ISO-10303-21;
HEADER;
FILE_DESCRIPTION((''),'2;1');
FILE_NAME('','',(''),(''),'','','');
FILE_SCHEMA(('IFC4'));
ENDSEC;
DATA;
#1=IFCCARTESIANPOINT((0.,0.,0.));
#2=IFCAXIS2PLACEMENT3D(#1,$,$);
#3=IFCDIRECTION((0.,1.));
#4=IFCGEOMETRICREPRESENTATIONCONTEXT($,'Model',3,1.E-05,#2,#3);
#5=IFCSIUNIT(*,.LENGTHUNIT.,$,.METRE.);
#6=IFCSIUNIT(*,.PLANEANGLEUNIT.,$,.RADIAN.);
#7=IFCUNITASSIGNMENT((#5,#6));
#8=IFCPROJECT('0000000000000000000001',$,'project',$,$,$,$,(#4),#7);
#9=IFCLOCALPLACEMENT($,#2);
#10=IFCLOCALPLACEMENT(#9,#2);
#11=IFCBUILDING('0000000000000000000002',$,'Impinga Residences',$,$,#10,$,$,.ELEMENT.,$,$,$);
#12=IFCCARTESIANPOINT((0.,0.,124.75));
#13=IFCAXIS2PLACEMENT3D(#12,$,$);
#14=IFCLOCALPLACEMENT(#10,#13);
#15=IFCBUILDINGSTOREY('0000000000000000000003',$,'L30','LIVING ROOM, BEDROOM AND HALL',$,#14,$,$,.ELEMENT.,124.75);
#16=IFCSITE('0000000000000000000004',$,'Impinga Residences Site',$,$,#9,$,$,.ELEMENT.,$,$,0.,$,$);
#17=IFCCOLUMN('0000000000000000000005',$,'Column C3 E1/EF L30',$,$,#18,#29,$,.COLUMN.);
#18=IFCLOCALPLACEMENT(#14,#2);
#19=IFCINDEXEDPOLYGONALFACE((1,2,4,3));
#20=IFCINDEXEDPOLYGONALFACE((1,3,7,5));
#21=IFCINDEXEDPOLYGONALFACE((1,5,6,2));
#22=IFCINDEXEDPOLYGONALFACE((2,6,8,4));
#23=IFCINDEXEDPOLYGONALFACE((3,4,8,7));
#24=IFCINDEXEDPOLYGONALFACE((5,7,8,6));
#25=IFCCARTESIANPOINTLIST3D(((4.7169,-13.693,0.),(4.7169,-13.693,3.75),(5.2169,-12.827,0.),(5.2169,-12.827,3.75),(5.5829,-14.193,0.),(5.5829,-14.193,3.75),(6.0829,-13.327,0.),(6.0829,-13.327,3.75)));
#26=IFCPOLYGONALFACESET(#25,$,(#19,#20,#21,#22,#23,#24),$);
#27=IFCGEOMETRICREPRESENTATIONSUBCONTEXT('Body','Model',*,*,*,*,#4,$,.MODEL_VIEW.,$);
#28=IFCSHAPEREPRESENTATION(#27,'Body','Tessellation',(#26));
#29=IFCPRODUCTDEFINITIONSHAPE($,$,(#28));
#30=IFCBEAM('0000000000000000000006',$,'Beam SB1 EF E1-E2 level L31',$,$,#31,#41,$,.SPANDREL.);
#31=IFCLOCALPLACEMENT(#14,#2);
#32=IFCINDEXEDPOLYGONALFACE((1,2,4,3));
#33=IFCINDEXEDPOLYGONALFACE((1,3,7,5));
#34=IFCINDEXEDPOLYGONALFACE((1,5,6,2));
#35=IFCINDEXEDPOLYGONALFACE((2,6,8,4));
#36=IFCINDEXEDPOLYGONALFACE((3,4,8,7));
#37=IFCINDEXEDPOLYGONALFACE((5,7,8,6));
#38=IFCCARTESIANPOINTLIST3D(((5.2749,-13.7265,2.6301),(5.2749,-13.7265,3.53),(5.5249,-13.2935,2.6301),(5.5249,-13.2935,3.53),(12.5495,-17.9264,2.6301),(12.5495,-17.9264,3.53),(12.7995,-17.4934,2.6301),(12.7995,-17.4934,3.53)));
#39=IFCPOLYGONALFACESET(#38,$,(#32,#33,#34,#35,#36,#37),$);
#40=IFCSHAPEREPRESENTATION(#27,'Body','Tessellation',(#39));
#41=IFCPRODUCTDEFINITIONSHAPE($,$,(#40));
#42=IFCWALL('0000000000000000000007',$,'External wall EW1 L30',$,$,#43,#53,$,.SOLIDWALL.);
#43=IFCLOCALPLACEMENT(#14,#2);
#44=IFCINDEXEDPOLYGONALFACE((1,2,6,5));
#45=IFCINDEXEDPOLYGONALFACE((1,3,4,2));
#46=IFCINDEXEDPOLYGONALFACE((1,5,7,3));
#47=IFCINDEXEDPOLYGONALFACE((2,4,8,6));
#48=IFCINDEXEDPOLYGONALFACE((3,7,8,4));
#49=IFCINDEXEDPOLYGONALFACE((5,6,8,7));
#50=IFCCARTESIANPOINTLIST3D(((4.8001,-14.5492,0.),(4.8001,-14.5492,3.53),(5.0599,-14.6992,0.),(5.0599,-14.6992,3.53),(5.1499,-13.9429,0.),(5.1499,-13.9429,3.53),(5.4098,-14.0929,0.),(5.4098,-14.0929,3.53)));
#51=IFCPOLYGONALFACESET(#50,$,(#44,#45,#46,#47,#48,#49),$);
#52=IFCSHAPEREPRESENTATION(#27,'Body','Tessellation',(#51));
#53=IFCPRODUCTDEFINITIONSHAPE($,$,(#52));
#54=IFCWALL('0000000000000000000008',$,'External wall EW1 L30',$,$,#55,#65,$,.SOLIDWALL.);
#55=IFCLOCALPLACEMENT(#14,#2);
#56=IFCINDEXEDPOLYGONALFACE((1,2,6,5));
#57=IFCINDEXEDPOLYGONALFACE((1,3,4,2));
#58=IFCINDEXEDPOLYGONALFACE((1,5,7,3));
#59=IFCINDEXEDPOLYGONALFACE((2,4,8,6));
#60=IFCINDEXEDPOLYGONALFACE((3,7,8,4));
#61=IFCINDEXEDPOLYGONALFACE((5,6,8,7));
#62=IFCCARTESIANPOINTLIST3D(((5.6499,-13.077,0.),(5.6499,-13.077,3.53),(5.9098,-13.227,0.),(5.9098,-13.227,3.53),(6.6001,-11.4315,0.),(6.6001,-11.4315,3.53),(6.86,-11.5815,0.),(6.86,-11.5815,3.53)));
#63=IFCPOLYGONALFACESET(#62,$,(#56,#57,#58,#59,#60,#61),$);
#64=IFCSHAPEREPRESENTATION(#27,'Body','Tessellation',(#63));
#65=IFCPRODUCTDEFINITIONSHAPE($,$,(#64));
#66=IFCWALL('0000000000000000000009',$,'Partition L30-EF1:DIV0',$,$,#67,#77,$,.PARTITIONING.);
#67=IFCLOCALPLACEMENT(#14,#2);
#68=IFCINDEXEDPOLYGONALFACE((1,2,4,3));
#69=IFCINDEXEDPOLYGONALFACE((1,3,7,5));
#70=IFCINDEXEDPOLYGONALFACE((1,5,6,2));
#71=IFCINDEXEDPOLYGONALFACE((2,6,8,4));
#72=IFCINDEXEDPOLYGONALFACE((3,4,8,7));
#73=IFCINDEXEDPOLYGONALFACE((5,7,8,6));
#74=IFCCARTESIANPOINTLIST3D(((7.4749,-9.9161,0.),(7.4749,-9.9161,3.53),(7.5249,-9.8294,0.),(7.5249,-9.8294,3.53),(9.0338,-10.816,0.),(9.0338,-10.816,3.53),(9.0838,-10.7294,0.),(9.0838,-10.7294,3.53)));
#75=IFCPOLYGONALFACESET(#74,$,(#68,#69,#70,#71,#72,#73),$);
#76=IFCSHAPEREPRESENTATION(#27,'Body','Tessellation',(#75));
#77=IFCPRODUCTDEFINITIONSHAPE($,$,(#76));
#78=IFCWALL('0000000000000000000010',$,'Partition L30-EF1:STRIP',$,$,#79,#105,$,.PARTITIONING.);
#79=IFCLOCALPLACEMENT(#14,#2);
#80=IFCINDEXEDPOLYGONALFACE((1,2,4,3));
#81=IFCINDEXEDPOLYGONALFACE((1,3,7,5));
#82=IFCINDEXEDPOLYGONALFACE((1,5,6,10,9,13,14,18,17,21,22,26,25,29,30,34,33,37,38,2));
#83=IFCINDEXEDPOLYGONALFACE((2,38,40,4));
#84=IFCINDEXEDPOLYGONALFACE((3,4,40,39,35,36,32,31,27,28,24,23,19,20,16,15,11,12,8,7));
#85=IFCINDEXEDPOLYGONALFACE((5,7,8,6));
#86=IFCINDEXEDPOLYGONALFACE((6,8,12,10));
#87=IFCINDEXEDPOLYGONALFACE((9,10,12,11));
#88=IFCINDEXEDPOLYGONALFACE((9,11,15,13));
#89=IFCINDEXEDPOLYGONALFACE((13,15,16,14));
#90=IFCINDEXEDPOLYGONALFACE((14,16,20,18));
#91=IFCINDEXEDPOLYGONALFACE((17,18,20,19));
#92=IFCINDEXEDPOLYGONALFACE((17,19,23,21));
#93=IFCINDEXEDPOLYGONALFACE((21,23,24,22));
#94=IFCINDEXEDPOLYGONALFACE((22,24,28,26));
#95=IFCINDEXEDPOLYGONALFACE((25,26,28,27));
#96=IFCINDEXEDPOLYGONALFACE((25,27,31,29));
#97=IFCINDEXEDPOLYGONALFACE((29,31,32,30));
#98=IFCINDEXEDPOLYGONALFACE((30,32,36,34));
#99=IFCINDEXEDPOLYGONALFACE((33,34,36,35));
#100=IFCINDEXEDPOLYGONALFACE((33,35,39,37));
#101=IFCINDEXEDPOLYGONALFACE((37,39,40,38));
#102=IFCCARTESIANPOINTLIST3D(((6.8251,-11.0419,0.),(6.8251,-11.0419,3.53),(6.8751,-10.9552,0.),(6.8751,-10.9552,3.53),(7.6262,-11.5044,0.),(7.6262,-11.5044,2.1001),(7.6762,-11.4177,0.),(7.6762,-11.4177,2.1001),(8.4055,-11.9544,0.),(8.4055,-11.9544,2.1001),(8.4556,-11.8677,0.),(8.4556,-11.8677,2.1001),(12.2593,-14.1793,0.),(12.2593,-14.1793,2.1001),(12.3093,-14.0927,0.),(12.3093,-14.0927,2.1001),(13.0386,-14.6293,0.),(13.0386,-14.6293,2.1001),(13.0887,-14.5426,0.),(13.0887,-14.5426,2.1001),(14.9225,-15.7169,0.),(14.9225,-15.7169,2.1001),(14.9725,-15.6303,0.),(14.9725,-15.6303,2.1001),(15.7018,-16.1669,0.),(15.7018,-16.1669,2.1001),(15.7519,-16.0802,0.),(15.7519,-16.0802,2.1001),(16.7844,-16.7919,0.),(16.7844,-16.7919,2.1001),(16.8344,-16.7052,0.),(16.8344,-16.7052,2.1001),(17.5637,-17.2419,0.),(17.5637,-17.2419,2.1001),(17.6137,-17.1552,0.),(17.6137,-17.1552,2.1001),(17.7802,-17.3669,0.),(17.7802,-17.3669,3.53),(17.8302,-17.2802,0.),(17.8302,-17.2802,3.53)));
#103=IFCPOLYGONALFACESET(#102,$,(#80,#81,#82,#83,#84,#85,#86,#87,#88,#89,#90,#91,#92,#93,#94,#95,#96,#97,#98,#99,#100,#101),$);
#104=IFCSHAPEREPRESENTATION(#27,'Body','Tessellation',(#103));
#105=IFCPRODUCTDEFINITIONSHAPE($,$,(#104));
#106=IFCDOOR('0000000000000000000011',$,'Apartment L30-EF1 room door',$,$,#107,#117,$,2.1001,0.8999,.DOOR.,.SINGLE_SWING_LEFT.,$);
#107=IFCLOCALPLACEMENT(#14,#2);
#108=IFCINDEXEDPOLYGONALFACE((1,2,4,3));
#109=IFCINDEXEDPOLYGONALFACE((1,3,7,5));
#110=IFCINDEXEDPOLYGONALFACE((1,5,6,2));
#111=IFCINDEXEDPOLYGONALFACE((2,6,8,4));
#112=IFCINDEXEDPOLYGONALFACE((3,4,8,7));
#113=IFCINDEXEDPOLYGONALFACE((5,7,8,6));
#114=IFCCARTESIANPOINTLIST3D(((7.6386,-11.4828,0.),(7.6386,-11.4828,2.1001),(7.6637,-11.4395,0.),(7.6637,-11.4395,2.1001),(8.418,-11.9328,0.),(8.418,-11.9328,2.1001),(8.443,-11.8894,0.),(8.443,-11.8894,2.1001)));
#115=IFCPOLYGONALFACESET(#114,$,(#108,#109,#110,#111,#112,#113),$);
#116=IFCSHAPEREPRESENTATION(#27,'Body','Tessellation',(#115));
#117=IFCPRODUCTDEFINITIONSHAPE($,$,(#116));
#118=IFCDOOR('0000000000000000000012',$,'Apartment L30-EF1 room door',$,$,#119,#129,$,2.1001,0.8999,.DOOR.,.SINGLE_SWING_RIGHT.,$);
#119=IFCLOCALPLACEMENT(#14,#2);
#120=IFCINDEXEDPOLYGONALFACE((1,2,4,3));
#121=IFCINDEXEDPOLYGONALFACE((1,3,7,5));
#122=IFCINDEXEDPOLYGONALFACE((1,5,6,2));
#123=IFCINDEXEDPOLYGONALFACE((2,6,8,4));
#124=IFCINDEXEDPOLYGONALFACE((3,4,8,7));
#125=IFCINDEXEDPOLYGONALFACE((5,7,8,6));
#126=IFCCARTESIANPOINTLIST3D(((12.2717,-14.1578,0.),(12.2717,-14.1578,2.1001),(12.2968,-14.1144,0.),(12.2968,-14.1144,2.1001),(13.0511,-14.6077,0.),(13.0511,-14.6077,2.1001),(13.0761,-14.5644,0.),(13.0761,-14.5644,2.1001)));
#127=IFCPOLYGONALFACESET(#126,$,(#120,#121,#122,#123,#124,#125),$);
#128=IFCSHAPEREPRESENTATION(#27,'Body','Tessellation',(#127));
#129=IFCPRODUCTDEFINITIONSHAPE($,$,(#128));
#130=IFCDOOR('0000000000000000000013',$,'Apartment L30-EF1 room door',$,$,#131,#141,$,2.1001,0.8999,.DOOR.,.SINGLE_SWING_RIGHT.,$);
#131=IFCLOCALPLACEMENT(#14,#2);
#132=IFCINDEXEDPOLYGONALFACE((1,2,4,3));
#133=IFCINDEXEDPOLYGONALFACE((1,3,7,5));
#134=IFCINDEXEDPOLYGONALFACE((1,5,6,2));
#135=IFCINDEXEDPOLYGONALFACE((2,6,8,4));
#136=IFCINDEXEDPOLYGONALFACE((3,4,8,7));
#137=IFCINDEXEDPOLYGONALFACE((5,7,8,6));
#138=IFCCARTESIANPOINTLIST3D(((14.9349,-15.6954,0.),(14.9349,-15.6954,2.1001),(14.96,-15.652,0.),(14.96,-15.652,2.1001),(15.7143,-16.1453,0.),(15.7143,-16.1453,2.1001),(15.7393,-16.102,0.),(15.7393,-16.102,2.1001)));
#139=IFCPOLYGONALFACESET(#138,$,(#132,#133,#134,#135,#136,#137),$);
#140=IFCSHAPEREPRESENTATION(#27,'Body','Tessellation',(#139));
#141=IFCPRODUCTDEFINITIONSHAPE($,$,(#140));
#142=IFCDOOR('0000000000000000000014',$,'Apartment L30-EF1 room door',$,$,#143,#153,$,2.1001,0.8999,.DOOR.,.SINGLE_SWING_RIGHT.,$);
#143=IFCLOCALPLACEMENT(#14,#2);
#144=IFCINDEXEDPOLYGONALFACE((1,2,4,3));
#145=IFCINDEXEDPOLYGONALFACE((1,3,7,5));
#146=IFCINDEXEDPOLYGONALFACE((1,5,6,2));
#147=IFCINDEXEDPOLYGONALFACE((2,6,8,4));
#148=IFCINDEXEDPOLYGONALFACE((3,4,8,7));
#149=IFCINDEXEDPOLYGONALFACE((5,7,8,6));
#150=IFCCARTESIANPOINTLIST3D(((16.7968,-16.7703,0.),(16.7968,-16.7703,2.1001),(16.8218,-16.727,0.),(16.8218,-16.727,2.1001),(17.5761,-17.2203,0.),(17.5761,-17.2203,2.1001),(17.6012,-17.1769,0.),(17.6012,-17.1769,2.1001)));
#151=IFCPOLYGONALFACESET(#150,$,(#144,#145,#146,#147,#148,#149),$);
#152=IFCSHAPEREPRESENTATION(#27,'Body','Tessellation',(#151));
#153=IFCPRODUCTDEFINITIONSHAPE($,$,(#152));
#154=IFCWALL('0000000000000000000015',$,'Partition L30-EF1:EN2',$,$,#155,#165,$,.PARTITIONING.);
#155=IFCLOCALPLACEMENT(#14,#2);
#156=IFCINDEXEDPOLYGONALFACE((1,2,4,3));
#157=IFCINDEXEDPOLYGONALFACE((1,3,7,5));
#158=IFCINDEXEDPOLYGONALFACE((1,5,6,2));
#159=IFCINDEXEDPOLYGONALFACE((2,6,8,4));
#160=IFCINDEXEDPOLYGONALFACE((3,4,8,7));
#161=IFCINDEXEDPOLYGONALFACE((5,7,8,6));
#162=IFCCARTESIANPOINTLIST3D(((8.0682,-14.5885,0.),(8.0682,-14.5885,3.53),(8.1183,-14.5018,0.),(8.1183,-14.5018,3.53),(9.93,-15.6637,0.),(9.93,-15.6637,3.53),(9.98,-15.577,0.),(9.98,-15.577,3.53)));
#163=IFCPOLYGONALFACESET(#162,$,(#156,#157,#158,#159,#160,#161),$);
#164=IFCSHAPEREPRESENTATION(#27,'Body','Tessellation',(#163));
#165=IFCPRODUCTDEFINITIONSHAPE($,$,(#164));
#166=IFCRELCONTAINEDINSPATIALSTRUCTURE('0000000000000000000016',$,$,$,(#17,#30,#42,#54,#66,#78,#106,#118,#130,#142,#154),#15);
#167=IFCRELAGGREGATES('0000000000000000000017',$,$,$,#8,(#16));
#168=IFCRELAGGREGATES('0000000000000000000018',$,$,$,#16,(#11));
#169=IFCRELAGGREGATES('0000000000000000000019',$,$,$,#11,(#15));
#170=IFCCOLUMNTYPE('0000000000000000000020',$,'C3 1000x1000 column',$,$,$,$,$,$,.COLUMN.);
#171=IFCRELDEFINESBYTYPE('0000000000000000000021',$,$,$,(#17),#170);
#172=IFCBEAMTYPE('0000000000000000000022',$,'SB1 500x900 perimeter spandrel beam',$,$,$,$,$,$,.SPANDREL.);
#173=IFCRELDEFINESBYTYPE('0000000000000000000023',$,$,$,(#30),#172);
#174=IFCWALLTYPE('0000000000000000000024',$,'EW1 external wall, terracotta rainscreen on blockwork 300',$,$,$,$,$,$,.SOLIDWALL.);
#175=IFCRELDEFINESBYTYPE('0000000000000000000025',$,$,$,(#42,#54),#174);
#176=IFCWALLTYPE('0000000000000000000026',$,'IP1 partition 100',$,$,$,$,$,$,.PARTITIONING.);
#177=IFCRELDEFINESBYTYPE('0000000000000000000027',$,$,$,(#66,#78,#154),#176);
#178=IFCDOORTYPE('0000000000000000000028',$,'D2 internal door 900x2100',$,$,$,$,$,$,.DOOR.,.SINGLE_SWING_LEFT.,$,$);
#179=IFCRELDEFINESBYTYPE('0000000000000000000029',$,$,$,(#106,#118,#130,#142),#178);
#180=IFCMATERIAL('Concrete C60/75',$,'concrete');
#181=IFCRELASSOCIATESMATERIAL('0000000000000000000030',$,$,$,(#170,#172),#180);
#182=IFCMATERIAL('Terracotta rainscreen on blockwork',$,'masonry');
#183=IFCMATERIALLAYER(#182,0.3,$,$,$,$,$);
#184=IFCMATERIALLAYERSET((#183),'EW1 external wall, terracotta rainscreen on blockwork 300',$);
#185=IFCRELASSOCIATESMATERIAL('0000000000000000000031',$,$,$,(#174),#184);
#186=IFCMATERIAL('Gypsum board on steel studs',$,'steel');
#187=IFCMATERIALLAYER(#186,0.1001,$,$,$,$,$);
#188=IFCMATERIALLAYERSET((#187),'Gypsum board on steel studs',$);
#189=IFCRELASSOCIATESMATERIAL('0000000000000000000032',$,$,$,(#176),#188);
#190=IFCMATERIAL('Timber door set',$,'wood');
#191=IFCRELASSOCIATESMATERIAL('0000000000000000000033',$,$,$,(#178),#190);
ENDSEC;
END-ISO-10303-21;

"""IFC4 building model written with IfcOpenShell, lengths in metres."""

from ifc_helpers import new_model, si_unit, direction, frame, frame_2d, origin, origin_2d, place, context, subcontext, project, spatial, rectangle, extrude, material, layer, layer_set, material_profile, profile_set, type_object, element, fill, save


model = new_model("IFC4")

# Units and contexts
model_context = context("Model", 3, precision=1e-05, world=origin(), true_north=direction((0.0, 1.0)))
body_context = subcontext(model_context, "Body", "Model", "MODEL_VIEW")
ifc_project = project(units=[si_unit("LENGTHUNIT", "METRE"), si_unit("PLANEANGLEUNIT", "RADIAN")], contexts=[model_context])

# Site, building, storey
site_placement = place(None, origin())
site = spatial("IfcSite", under=ifc_project, at=site_placement, Name="Impinga Residences Site", CompositionType="ELEMENT", RefElevation=0.0)
building_placement = place(site_placement, origin())
building = spatial("IfcBuilding", under=site, at=building_placement, Name="Impinga Residences", CompositionType="ELEMENT")
storey_placement = place(building_placement, frame((0.0, 0.0, 124.75)))
storey = spatial("IfcBuildingStorey", under=building, at=storey_placement, Name="L30", Description="LIVING ROOM, BEDROOM AND HALL", CompositionType="ELEMENT", Elevation=124.75)

# Column
ifc_material_1 = material(Name="Concrete C60/75", Category="concrete")
ifc_material_profile_1 = material_profile(ifc_material_1, rectangle(XDim=1.0, YDim=1.0, at=origin_2d()), Name="RC 1000x1000")
ifc_profile_set_1 = profile_set([ifc_material_profile_1], Name="Concrete C60/75")
column_type = type_object("IfcColumnType", Name="C3 1000x1000 column", PredefinedType="COLUMN", material=ifc_profile_set_1)
column_placement = place(storey_placement, frame((5.3999, -13.51, 0.0), z_axis=(0.0, 0.0, 1.0), x_axis=(-0.5, -0.866025, 0.0)))
element("IfcColumn", 1, at=column_placement, inside=storey, type_object=column_type, Name="Column C3 E1/EF L30", PredefinedType="COLUMN", context=body_context, shape_type="SweptSolid", body=[
    extrude(rectangle(XDim=1.0, YDim=1.0, at=origin_2d()), origin(), (0.0, 0.0, 1.0), 3.75),
])

# Beam
ifc_material_profile_2 = material_profile(ifc_material_1, rectangle(XDim=0.5, YDim=0.8999, at=origin_2d()), Name="RC 500x900")
ifc_profile_set_2 = profile_set([ifc_material_profile_2], Name="Concrete C60/75")
beam_type = type_object("IfcBeamType", Name="SB1 500x900 perimeter spandrel beam", PredefinedType="SPANDREL", material=ifc_profile_set_2)
beam_placement = place(storey_placement, frame((5.3999, -13.51, 3.0801), z_axis=(0.866029, -0.499993, 0.0), x_axis=(0.499993, 0.866029, 0.0)))
element("IfcBeam", 2, at=beam_placement, inside=storey, type_object=beam_type, Name="Beam SB1 EF E1-E2 level L31", PredefinedType="SPANDREL", context=body_context, shape_type="SweptSolid", body=[
    extrude(rectangle(XDim=0.5, YDim=0.8999, at=origin_2d()), origin(), (0.0, 0.0, 1.0), 8.3999),
])

# Walls
ifc_material_2 = material(Name="Terracotta rainscreen on blockwork", Category="masonry")
ifc_layer_1 = layer(ifc_material_2, 0.3)
ifc_layer_set_1 = layer_set([ifc_layer_1], Name="EW1 external wall, terracotta rainscreen on blockwork 300")
wall_type_1 = type_object("IfcWallType", Name="EW1 external wall, terracotta rainscreen on blockwork 300", PredefinedType="SOLIDWALL", material=ifc_layer_set_1)
wall_1_placement = place(storey_placement, frame((4.9299, -14.6243, 0.0), z_axis=(0.0, 0.0, 1.0), x_axis=(0.499853, 0.86611, 0.0)))
element("IfcWall", 3, at=wall_1_placement, inside=storey, type_object=wall_type_1, Name="External wall EW1 L30", PredefinedType="SOLIDWALL", context=body_context, shape_type="SweptSolid", body=[
    extrude(rectangle(XDim=0.7, YDim=0.3, at=frame_2d((0.3501, 0.0))), origin(), (0.0, 0.0, 1.0), 3.53),
])
wall_2_placement = place(storey_placement, frame((5.7798, -13.1521, 0.0), z_axis=(0.0, 0.0, 1.0), x_axis=(0.500064, 0.865989, 0.0)))
element("IfcWall", 4, at=wall_2_placement, inside=storey, type_object=wall_type_1, Name="External wall EW1 L30", PredefinedType="SOLIDWALL", context=body_context, shape_type="SweptSolid", body=[
    extrude(rectangle(XDim=1.9001, YDim=0.3, at=frame_2d((0.9502, 0.0))), origin(), (0.0, 0.0, 1.0), 3.53),
])
ifc_material_3 = material(Name="Gypsum board on steel studs", Category="steel")
ifc_layer_2 = layer(ifc_material_3, 0.1001)
ifc_layer_set_2 = layer_set([ifc_layer_2], Name="Gypsum board on steel studs")
wall_type_2 = type_object("IfcWallType", Name="IP1 partition 100", PredefinedType="PARTITIONING", material=ifc_layer_set_2)
wall_3_placement = place(storey_placement, frame((7.5, -9.8728, 0.0), z_axis=(0.0, 0.0, 1.0), x_axis=(0.866048, -0.499961, 0.0)))
element("IfcWall", 5, at=wall_3_placement, inside=storey, type_object=wall_type_2, Name="Partition L30-EF1:DIV0", PredefinedType="PARTITIONING", context=body_context, shape_type="SweptSolid", body=[
    extrude(rectangle(XDim=1.8, YDim=0.1001, at=frame_2d((0.8999, 0.0))), origin(), (0.0, 0.0, 1.0), 3.53),
])

# Wall, openings, doors
wall_4_placement = place(storey_placement, frame((6.8501, -10.9985, 0.0), z_axis=(0.0, 0.0, 1.0), x_axis=(0.866024, -0.500002, 0.0)))
wall_4 = element("IfcWall", 6, at=wall_4_placement, inside=storey, type_object=wall_type_2, Name="Partition L30-EF1:STRIP", PredefinedType="PARTITIONING", context=body_context, shape_type="SweptSolid", body=[
    extrude(rectangle(XDim=12.6499, YDim=0.1001, at=frame_2d((6.325, 0.0))), origin(), (0.0, 0.0, 1.0), 3.53),
])
opening_1_placement = place(wall_4_placement, frame((0.925, 0.0, 0.0)))
opening_1 = element("IfcOpeningElement", 7, at=opening_1_placement, cuts=wall_4, PredefinedType="OPENING", context=body_context, shape_type="SweptSolid", body=[
    extrude(rectangle(XDim=0.8999, YDim=2.1001, at=frame_2d((0.45, 1.05))), frame((0.0, 0.0601, 0.0), z_axis=(0.0, -1.0, 0.0), x_axis=(1.0, 0.0, 0.0)), (0.0, 0.0, 1.0), 0.1201),
])
opening_2_placement = place(wall_4_placement, frame((6.2749, 0.0, 0.0)))
opening_2 = element("IfcOpeningElement", 8, at=opening_2_placement, cuts=wall_4, PredefinedType="OPENING", context=body_context, shape_type="SweptSolid", body=[
    extrude(rectangle(XDim=0.8999, YDim=2.1001, at=frame_2d((0.45, 1.05))), frame((0.0, 0.0601, 0.0), z_axis=(0.0, -1.0, 0.0), x_axis=(1.0, 0.0, 0.0)), (0.0, 0.0, 1.0), 0.1201),
])
opening_3_placement = place(wall_4_placement, frame((9.3501, 0.0, 0.0)))
opening_3 = element("IfcOpeningElement", 9, at=opening_3_placement, cuts=wall_4, PredefinedType="OPENING", context=body_context, shape_type="SweptSolid", body=[
    extrude(rectangle(XDim=0.8999, YDim=2.1001, at=frame_2d((0.45, 1.05))), frame((0.0, 0.0601, 0.0), z_axis=(0.0, -1.0, 0.0), x_axis=(1.0, 0.0, 0.0)), (0.0, 0.0, 1.0), 0.1201),
])
opening_4_placement = place(wall_4_placement, frame((11.5, 0.0, 0.0)))
opening_4 = element("IfcOpeningElement", 10, at=opening_4_placement, cuts=wall_4, PredefinedType="OPENING", context=body_context, shape_type="SweptSolid", body=[
    extrude(rectangle(XDim=0.8999, YDim=2.1001, at=frame_2d((0.45, 1.05))), frame((0.0, 0.0601, 0.0), z_axis=(0.0, -1.0, 0.0), x_axis=(1.0, 0.0, 0.0)), (0.0, 0.0, 1.0), 0.1201),
])
ifc_material_4 = material(Name="Timber door set", Category="wood")
door_type_1 = type_object("IfcDoorType", Name="D2 internal door 900x2100", OperationType="SINGLE_SWING_LEFT", PredefinedType="DOOR", material=ifc_material_4)
door_1_placement = place(opening_1_placement, origin())
door_1 = element("IfcDoor", 11, at=door_1_placement, inside=storey, type_object=door_type_1, Name="Apartment L30-EF1 room door", OperationType="SINGLE_SWING_LEFT", OverallHeight=2.1001, OverallWidth=0.8999, PredefinedType="DOOR", context=body_context, shape_type="SweptSolid", body=[
    extrude(rectangle(XDim=0.8999, YDim=2.1001, at=frame_2d((0.45, 1.05))), frame((0.0, 0.0249, 0.0), z_axis=(0.0, -1.0, 0.0), x_axis=(1.0, 0.0, 0.0)), (0.0, 0.0, 1.0), 0.05),
])
fill(opening_1, door_1)
door_2_placement = place(opening_2_placement, origin())
door_2 = element("IfcDoor", 12, at=door_2_placement, inside=storey, type_object=door_type_1, Name="Apartment L30-EF1 room door", OperationType="SINGLE_SWING_RIGHT", OverallHeight=2.1001, OverallWidth=0.8999, PredefinedType="DOOR", context=body_context, shape_type="SweptSolid", body=[
    extrude(rectangle(XDim=0.8999, YDim=2.1001, at=frame_2d((0.45, 1.05))), frame((0.0, 0.0249, 0.0), z_axis=(0.0, -1.0, 0.0), x_axis=(1.0, 0.0, 0.0)), (0.0, 0.0, 1.0), 0.05),
])
fill(opening_2, door_2)
door_3_placement = place(opening_3_placement, origin())
door_3 = element("IfcDoor", 13, at=door_3_placement, inside=storey, type_object=door_type_1, Name="Apartment L30-EF1 room door", OperationType="SINGLE_SWING_RIGHT", OverallHeight=2.1001, OverallWidth=0.8999, PredefinedType="DOOR", context=body_context, shape_type="SweptSolid", body=[
    extrude(rectangle(XDim=0.8999, YDim=2.1001, at=frame_2d((0.45, 1.05))), frame((0.0, 0.0249, 0.0), z_axis=(0.0, -1.0, 0.0), x_axis=(1.0, 0.0, 0.0)), (0.0, 0.0, 1.0), 0.05),
])
fill(opening_3, door_3)
door_4_placement = place(opening_4_placement, origin())
door_4 = element("IfcDoor", 14, at=door_4_placement, inside=storey, type_object=door_type_1, Name="Apartment L30-EF1 room door", OperationType="SINGLE_SWING_RIGHT", OverallHeight=2.1001, OverallWidth=0.8999, PredefinedType="DOOR", context=body_context, shape_type="SweptSolid", body=[
    extrude(rectangle(XDim=0.8999, YDim=2.1001, at=frame_2d((0.45, 1.05))), frame((0.0, 0.0249, 0.0), z_axis=(0.0, -1.0, 0.0), x_axis=(1.0, 0.0, 0.0)), (0.0, 0.0, 1.0), 0.05),
])
fill(opening_4, door_4)

# Wall
wall_5_placement = place(storey_placement, frame((8.0933, -14.5452, 0.0), z_axis=(0.0, 0.0, 1.0), x_axis=(0.86597, -0.500096, 0.0)))
element("IfcWall", 15, at=wall_5_placement, inside=storey, type_object=wall_type_2, Name="Partition L30-EF1:EN2", PredefinedType="PARTITIONING", context=body_context, shape_type="SweptSolid", body=[
    extrude(rectangle(XDim=2.1499, YDim=0.1001, at=frame_2d((1.075, 0.0))), origin(), (0.0, 0.0, 1.0), 3.53),
])

save(model, "model.ifc")
